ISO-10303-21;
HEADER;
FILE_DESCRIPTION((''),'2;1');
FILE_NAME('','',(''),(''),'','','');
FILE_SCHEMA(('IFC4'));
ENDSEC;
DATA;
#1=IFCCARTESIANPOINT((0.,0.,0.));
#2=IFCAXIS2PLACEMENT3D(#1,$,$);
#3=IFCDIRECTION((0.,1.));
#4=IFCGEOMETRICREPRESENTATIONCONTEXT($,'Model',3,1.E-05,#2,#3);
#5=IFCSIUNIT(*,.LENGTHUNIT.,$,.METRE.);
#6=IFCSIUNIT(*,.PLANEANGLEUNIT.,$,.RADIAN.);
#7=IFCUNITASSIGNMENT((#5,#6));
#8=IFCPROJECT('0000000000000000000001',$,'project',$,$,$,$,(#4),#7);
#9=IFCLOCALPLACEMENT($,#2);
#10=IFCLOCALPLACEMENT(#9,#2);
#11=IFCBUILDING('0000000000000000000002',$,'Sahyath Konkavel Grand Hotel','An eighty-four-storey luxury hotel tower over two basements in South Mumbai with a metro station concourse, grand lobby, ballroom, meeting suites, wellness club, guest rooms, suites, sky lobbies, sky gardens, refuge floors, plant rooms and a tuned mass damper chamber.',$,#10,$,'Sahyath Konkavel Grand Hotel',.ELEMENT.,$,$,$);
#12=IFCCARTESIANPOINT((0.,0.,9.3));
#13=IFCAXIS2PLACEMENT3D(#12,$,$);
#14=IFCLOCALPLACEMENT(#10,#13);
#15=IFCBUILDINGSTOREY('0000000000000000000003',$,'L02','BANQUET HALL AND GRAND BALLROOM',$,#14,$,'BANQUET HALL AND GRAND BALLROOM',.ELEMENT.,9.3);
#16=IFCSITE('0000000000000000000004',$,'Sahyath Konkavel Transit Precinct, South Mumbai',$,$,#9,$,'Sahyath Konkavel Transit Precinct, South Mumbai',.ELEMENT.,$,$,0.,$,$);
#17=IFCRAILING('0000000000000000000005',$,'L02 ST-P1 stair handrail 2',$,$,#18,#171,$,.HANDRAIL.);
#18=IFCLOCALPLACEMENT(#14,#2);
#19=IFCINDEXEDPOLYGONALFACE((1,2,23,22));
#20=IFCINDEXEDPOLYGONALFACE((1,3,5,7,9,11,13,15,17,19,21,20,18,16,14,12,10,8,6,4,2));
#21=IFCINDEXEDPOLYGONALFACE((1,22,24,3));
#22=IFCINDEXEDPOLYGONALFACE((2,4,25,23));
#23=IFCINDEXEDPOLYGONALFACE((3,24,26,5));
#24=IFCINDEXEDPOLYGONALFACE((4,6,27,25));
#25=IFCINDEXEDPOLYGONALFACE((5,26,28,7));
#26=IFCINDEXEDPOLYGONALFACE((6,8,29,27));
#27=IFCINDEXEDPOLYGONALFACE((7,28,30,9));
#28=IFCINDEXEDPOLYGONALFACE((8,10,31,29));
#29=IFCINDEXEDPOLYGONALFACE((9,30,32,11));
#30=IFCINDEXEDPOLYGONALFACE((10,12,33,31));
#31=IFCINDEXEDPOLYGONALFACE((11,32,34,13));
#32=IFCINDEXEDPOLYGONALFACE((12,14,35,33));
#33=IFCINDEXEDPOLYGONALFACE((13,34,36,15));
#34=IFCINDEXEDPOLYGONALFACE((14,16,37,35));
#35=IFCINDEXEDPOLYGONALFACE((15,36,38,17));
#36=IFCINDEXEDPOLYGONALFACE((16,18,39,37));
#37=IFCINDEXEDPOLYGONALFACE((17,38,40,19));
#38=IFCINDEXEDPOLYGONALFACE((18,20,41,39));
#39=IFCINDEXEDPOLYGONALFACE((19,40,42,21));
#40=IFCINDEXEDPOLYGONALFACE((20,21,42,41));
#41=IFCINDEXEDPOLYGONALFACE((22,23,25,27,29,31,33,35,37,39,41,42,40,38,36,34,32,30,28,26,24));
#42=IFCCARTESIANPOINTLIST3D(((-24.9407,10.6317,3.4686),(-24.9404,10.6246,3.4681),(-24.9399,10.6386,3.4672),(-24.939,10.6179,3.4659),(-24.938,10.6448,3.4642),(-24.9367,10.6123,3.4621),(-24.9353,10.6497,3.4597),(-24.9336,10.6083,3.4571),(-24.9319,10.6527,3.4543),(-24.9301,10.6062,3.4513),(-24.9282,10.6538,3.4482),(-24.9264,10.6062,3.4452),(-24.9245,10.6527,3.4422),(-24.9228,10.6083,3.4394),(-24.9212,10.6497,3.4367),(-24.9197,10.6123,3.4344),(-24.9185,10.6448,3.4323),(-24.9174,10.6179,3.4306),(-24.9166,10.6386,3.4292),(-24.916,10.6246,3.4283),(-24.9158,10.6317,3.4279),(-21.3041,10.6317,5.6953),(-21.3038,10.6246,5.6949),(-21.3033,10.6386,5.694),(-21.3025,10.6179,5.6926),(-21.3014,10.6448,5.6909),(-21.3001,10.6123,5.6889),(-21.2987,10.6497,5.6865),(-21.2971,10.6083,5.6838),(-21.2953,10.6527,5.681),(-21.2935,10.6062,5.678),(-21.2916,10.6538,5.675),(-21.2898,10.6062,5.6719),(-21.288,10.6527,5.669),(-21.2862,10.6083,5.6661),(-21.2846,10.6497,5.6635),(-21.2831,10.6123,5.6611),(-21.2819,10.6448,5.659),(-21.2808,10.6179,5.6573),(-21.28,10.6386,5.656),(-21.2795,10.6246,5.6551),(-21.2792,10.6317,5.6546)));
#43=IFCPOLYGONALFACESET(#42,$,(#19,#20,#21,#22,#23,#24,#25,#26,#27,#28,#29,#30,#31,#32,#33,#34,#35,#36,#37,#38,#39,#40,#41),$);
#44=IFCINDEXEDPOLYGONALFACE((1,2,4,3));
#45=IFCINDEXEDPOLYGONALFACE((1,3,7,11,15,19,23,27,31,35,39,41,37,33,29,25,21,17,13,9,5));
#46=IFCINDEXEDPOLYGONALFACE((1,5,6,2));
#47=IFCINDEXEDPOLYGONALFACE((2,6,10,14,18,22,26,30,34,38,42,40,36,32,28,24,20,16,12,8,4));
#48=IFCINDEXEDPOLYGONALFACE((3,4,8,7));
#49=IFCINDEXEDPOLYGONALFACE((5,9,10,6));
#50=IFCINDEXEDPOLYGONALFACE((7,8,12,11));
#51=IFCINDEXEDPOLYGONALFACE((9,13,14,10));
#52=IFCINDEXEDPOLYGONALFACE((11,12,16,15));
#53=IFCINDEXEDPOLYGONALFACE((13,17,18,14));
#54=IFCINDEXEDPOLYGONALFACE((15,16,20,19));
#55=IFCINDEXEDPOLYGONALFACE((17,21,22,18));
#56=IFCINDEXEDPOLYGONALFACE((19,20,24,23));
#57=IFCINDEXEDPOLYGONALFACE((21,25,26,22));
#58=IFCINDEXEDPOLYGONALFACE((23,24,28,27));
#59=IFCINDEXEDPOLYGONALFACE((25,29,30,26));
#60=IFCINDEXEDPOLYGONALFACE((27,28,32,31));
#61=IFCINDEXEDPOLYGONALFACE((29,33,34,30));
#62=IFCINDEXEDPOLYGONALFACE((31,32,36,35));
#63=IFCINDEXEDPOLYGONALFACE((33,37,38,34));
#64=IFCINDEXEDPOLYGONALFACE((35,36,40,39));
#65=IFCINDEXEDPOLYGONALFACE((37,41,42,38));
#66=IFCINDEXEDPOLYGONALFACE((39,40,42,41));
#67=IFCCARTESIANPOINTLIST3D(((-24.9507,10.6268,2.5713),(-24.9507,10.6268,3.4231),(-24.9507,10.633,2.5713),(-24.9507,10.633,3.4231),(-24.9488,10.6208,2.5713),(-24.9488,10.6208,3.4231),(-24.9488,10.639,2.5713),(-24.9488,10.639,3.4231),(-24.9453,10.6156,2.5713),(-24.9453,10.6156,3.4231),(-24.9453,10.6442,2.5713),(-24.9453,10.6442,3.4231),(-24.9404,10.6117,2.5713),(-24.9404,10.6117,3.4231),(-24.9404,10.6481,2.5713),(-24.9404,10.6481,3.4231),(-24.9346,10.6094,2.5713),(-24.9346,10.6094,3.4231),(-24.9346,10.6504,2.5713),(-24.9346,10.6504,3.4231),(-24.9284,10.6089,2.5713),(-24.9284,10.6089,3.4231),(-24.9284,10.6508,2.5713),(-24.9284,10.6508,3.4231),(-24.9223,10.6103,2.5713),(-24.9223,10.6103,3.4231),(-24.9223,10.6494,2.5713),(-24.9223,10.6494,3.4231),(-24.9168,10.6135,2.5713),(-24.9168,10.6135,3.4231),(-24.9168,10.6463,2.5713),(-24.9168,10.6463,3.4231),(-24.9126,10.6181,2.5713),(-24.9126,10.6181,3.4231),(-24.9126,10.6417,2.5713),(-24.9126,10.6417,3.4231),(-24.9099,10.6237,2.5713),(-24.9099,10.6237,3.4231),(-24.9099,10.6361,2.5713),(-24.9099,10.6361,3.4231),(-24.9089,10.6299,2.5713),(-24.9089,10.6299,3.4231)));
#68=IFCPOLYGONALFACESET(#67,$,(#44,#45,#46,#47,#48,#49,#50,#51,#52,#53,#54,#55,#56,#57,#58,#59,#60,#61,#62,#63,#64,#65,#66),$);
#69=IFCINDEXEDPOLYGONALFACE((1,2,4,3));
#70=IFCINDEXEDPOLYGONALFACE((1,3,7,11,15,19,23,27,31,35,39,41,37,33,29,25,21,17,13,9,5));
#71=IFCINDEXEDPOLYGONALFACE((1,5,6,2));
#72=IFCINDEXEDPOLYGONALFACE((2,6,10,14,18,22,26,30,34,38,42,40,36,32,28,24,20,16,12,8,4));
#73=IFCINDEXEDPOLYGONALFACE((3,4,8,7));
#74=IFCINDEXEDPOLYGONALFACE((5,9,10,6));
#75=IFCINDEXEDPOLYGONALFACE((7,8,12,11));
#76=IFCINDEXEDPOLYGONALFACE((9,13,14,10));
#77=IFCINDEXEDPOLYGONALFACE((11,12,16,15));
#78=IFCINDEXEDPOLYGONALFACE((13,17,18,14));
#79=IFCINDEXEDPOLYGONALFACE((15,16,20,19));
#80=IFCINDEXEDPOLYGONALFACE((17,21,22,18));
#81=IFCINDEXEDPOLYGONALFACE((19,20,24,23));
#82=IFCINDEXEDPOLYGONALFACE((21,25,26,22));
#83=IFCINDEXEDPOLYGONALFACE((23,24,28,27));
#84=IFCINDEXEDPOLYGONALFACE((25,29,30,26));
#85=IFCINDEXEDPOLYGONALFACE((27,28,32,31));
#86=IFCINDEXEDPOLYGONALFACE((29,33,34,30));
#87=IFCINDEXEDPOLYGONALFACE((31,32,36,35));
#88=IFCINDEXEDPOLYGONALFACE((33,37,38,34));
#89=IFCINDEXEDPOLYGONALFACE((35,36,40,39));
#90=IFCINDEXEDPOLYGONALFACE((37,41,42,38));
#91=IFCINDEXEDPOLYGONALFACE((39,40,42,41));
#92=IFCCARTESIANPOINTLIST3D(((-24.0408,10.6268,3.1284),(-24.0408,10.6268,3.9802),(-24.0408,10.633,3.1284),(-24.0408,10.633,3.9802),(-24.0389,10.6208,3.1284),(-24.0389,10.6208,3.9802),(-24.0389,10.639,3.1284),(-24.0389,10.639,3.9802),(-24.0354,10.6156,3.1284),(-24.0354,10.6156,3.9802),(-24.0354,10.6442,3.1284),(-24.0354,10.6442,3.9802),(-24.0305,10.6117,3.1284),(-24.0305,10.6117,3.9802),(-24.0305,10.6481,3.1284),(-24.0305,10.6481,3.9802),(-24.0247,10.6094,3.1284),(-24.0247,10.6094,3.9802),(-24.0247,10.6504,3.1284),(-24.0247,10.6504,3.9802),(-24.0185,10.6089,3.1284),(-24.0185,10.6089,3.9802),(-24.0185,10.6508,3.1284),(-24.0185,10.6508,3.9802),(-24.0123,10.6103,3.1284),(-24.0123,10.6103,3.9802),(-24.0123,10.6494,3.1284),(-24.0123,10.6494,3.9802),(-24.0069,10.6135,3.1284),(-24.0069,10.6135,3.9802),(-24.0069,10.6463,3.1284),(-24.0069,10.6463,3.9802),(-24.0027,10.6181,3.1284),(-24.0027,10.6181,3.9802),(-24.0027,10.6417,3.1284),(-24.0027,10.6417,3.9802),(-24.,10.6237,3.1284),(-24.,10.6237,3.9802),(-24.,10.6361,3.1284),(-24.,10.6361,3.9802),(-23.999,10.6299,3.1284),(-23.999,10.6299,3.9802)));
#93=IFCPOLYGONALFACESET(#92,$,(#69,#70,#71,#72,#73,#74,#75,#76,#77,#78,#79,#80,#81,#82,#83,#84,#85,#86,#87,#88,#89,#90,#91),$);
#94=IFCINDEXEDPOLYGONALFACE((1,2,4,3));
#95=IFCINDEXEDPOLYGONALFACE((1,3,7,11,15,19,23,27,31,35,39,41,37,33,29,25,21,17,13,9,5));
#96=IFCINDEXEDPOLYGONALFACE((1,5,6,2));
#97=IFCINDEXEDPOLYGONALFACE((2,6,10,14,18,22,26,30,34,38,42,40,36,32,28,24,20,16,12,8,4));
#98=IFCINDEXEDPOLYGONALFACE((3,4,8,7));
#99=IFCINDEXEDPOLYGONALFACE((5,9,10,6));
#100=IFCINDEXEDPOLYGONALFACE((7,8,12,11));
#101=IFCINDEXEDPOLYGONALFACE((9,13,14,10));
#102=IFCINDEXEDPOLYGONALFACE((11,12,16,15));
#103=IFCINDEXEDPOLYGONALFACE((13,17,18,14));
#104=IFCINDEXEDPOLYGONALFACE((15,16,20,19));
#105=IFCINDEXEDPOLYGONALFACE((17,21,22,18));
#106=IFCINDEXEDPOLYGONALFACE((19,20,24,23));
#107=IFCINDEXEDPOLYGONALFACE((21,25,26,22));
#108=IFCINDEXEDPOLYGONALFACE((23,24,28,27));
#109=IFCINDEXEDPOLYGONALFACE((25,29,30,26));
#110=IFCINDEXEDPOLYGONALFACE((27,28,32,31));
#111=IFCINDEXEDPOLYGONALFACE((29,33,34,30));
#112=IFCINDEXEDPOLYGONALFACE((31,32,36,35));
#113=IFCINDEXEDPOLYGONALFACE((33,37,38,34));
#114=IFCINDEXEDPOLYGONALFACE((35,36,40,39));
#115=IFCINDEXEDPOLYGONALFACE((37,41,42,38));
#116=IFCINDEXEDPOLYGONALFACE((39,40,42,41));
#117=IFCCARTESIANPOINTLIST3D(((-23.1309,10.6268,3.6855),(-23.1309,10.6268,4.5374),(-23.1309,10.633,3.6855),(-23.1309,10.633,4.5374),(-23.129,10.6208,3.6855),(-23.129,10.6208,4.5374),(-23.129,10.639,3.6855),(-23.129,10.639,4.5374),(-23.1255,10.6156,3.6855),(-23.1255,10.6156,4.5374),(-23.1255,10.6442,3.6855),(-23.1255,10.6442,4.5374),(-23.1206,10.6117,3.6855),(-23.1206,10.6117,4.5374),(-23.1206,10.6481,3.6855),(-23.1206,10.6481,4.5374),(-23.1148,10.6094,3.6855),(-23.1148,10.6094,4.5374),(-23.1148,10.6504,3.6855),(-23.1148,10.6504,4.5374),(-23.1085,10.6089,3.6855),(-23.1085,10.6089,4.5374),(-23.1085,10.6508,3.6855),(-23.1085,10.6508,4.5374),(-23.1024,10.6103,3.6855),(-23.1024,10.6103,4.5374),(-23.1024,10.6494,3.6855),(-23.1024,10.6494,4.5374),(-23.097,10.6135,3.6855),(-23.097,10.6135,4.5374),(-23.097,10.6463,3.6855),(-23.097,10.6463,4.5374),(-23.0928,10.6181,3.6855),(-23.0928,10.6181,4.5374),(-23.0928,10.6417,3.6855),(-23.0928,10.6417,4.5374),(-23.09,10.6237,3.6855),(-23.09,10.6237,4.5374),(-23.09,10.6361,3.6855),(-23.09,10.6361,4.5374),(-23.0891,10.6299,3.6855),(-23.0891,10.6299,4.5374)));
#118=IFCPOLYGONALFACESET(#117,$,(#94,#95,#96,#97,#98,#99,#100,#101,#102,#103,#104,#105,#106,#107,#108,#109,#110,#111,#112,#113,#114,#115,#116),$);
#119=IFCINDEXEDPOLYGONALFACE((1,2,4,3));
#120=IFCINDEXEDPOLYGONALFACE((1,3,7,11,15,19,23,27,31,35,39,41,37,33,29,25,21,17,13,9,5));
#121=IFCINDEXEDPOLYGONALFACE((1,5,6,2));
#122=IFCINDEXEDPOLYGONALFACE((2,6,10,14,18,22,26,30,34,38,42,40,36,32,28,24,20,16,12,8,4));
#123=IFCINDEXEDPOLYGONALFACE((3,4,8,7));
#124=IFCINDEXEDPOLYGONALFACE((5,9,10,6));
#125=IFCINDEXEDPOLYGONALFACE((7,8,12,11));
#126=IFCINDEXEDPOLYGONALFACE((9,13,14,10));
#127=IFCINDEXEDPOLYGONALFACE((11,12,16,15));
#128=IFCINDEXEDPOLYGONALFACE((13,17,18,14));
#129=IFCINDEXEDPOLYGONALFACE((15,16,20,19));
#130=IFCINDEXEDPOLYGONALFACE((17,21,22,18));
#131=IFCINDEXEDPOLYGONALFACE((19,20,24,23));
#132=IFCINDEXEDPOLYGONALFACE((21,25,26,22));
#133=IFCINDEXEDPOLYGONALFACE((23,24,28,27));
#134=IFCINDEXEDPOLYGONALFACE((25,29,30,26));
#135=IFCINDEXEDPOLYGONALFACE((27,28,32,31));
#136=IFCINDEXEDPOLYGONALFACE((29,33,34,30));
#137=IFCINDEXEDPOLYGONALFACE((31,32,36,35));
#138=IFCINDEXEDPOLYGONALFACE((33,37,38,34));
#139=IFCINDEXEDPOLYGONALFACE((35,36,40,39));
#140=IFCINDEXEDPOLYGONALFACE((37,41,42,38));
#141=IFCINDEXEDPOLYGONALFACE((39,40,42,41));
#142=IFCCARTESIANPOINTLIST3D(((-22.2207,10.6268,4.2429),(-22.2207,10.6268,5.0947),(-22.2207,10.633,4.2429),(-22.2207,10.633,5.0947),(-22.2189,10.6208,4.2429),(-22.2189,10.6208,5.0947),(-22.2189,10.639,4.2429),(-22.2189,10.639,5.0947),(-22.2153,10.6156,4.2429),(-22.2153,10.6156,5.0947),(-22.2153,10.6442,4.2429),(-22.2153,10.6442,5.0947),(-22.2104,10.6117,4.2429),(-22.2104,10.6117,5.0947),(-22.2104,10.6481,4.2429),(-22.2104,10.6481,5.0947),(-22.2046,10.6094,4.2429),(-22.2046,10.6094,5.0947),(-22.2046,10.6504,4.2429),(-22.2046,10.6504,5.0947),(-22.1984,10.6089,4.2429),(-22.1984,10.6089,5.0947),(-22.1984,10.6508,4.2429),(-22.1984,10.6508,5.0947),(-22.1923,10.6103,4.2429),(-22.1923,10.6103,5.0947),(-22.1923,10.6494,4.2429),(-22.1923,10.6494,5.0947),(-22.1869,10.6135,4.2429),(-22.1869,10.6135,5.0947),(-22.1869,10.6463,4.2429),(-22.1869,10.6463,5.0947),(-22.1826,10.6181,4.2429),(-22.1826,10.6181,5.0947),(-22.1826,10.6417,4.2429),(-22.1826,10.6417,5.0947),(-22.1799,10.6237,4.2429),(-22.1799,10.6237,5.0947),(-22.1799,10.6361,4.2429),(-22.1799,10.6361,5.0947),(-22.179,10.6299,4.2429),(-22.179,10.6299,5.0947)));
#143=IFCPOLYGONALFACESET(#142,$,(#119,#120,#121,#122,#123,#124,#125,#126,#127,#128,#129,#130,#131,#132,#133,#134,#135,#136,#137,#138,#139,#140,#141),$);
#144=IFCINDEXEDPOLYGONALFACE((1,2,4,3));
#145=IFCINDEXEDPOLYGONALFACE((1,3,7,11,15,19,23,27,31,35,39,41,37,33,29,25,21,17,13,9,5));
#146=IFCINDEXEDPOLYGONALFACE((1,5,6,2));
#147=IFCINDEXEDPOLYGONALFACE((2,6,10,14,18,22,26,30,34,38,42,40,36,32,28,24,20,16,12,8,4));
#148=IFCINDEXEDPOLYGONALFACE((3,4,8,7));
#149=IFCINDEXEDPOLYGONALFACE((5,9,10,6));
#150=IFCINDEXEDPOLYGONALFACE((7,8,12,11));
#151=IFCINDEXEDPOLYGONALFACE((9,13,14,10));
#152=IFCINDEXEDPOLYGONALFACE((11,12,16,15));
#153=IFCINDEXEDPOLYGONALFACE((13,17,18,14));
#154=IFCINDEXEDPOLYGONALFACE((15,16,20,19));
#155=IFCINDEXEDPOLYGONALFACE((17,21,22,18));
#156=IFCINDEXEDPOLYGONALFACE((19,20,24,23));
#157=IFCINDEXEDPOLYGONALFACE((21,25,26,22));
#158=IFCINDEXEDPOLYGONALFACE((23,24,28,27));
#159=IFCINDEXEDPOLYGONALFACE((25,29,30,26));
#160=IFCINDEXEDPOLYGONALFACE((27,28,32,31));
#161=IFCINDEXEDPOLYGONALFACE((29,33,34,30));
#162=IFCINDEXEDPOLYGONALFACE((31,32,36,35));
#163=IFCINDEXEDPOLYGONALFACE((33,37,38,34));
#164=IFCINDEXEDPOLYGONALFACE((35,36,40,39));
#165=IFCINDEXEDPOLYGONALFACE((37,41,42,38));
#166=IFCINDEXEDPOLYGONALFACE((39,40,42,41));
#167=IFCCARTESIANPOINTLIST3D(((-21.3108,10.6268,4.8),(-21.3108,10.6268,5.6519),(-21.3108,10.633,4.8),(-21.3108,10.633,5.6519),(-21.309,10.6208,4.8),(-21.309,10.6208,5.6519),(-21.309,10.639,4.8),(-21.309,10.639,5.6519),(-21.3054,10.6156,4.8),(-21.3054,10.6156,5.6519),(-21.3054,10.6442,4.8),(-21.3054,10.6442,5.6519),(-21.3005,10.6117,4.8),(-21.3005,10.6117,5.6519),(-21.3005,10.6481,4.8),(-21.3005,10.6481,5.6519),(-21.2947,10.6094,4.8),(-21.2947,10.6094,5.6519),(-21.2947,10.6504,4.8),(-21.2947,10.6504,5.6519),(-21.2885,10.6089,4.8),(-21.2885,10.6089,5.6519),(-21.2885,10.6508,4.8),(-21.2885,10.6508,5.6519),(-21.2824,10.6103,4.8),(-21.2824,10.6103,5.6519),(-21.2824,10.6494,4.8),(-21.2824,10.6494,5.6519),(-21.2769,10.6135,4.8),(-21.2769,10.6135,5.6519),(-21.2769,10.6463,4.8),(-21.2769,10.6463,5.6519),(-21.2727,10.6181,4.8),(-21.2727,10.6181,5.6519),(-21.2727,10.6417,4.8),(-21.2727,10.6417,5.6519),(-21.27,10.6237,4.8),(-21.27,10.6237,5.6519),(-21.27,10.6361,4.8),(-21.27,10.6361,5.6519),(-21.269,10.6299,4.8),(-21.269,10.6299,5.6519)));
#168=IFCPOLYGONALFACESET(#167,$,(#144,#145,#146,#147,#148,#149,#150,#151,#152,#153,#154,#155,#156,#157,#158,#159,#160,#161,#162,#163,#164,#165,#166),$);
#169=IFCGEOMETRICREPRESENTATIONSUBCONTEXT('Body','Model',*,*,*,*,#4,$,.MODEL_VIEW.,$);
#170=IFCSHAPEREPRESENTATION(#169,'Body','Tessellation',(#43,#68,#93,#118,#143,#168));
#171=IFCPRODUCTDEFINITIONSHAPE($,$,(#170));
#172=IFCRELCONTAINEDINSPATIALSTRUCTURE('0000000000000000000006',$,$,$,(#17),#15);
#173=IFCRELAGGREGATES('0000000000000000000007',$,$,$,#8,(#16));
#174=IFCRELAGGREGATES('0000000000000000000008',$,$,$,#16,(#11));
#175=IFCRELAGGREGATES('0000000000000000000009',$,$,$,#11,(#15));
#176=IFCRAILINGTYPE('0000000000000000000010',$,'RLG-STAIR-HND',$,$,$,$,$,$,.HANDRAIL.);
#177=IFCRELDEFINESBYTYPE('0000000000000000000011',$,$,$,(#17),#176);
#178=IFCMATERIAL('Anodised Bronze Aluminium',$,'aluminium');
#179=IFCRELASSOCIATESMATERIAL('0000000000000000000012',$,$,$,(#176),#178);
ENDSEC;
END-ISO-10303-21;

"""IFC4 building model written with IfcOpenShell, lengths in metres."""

from ifc_helpers import new_model, si_unit, direction, frame, origin, origin_2d, place, context, subcontext, project, spatial, circle, extrude, material, type_object, element, save


model = new_model("IFC4")

# Units and contexts
model_context = context("Model", 3, precision=1e-05, world=origin(), true_north=direction((0.0, 1.0)))
body_context = subcontext(model_context, "Body", "Model", "MODEL_VIEW")
ifc_project = project(units=[si_unit("LENGTHUNIT", "METRE"), si_unit("PLANEANGLEUNIT", "RADIAN")], contexts=[model_context])

# Site, building, storey
site_placement = place(None, origin())
site = spatial("IfcSite", under=ifc_project, at=site_placement, Name="Sahyath Konkavel Transit Precinct, South Mumbai", LongName="Sahyath Konkavel Transit Precinct, South Mumbai", CompositionType="ELEMENT", RefElevation=0.0)
building_placement = place(site_placement, origin())
building = spatial("IfcBuilding", under=site, at=building_placement, Name="Sahyath Konkavel Grand Hotel", Description="An eighty-four-storey luxury hotel tower over two basements in South Mumbai with a metro station concourse, grand lobby, ballroom, meeting suites, wellness club, guest rooms, suites, sky lobbies, sky gardens, refuge floors, plant rooms and a tuned mass damper chamber.", LongName="Sahyath Konkavel Grand Hotel", CompositionType="ELEMENT")
storey_placement = place(building_placement, frame((0.0, 0.0, 9.3)))
storey = spatial("IfcBuildingStorey", under=building, at=storey_placement, Name="L02", Description="BANQUET HALL AND GRAND BALLROOM", LongName="BANQUET HALL AND GRAND BALLROOM", CompositionType="ELEMENT", Elevation=9.3)

# Railing
ifc_material_1 = material(Name="Anodised Bronze Aluminium", Category="aluminium")
railing_type = type_object("IfcRailingType", Name="RLG-STAIR-HND", PredefinedType="HANDRAIL", material=ifc_material_1)
railing_placement = place(storey_placement, frame((-24.9299, 10.6299, 2.5713)))
element("IfcRailing", 1, at=railing_placement, inside=storey, type_object=railing_type, Name="L02 ST-P1 stair handrail 2", PredefinedType="HANDRAIL", context=body_context, shape_type="SweptSolid", body=[
    extrude(circle(Radius=0.0239, at=origin_2d()), frame((0.0017, 0.0, 0.877), z_axis=(0.852825, 0.0, 0.522197), x_axis=(0.0, 1.0, 0.0)), (0.0, 0.0, 1.0), 4.2642),
    extrude(circle(Radius=0.021, at=origin_2d()), origin(), (0.0, 0.0, 1.0), 0.8518),
    extrude(circle(Radius=0.021, at=origin_2d()), frame((0.9099, 0.0, 0.5571)), (0.0, 0.0, 1.0), 0.8518),
    extrude(circle(Radius=0.021, at=origin_2d()), frame((1.8198, 0.0, 1.1143)), (0.0, 0.0, 1.0), 0.8518),
    extrude(circle(Radius=0.021, at=origin_2d()), frame((2.73, 0.0, 1.6716)), (0.0, 0.0, 1.0), 0.8518),
    extrude(circle(Radius=0.021, at=origin_2d()), frame((3.6399, 0.0, 2.2288)), (0.0, 0.0, 1.0), 0.8518),
])

save(model, "model.ifc")
